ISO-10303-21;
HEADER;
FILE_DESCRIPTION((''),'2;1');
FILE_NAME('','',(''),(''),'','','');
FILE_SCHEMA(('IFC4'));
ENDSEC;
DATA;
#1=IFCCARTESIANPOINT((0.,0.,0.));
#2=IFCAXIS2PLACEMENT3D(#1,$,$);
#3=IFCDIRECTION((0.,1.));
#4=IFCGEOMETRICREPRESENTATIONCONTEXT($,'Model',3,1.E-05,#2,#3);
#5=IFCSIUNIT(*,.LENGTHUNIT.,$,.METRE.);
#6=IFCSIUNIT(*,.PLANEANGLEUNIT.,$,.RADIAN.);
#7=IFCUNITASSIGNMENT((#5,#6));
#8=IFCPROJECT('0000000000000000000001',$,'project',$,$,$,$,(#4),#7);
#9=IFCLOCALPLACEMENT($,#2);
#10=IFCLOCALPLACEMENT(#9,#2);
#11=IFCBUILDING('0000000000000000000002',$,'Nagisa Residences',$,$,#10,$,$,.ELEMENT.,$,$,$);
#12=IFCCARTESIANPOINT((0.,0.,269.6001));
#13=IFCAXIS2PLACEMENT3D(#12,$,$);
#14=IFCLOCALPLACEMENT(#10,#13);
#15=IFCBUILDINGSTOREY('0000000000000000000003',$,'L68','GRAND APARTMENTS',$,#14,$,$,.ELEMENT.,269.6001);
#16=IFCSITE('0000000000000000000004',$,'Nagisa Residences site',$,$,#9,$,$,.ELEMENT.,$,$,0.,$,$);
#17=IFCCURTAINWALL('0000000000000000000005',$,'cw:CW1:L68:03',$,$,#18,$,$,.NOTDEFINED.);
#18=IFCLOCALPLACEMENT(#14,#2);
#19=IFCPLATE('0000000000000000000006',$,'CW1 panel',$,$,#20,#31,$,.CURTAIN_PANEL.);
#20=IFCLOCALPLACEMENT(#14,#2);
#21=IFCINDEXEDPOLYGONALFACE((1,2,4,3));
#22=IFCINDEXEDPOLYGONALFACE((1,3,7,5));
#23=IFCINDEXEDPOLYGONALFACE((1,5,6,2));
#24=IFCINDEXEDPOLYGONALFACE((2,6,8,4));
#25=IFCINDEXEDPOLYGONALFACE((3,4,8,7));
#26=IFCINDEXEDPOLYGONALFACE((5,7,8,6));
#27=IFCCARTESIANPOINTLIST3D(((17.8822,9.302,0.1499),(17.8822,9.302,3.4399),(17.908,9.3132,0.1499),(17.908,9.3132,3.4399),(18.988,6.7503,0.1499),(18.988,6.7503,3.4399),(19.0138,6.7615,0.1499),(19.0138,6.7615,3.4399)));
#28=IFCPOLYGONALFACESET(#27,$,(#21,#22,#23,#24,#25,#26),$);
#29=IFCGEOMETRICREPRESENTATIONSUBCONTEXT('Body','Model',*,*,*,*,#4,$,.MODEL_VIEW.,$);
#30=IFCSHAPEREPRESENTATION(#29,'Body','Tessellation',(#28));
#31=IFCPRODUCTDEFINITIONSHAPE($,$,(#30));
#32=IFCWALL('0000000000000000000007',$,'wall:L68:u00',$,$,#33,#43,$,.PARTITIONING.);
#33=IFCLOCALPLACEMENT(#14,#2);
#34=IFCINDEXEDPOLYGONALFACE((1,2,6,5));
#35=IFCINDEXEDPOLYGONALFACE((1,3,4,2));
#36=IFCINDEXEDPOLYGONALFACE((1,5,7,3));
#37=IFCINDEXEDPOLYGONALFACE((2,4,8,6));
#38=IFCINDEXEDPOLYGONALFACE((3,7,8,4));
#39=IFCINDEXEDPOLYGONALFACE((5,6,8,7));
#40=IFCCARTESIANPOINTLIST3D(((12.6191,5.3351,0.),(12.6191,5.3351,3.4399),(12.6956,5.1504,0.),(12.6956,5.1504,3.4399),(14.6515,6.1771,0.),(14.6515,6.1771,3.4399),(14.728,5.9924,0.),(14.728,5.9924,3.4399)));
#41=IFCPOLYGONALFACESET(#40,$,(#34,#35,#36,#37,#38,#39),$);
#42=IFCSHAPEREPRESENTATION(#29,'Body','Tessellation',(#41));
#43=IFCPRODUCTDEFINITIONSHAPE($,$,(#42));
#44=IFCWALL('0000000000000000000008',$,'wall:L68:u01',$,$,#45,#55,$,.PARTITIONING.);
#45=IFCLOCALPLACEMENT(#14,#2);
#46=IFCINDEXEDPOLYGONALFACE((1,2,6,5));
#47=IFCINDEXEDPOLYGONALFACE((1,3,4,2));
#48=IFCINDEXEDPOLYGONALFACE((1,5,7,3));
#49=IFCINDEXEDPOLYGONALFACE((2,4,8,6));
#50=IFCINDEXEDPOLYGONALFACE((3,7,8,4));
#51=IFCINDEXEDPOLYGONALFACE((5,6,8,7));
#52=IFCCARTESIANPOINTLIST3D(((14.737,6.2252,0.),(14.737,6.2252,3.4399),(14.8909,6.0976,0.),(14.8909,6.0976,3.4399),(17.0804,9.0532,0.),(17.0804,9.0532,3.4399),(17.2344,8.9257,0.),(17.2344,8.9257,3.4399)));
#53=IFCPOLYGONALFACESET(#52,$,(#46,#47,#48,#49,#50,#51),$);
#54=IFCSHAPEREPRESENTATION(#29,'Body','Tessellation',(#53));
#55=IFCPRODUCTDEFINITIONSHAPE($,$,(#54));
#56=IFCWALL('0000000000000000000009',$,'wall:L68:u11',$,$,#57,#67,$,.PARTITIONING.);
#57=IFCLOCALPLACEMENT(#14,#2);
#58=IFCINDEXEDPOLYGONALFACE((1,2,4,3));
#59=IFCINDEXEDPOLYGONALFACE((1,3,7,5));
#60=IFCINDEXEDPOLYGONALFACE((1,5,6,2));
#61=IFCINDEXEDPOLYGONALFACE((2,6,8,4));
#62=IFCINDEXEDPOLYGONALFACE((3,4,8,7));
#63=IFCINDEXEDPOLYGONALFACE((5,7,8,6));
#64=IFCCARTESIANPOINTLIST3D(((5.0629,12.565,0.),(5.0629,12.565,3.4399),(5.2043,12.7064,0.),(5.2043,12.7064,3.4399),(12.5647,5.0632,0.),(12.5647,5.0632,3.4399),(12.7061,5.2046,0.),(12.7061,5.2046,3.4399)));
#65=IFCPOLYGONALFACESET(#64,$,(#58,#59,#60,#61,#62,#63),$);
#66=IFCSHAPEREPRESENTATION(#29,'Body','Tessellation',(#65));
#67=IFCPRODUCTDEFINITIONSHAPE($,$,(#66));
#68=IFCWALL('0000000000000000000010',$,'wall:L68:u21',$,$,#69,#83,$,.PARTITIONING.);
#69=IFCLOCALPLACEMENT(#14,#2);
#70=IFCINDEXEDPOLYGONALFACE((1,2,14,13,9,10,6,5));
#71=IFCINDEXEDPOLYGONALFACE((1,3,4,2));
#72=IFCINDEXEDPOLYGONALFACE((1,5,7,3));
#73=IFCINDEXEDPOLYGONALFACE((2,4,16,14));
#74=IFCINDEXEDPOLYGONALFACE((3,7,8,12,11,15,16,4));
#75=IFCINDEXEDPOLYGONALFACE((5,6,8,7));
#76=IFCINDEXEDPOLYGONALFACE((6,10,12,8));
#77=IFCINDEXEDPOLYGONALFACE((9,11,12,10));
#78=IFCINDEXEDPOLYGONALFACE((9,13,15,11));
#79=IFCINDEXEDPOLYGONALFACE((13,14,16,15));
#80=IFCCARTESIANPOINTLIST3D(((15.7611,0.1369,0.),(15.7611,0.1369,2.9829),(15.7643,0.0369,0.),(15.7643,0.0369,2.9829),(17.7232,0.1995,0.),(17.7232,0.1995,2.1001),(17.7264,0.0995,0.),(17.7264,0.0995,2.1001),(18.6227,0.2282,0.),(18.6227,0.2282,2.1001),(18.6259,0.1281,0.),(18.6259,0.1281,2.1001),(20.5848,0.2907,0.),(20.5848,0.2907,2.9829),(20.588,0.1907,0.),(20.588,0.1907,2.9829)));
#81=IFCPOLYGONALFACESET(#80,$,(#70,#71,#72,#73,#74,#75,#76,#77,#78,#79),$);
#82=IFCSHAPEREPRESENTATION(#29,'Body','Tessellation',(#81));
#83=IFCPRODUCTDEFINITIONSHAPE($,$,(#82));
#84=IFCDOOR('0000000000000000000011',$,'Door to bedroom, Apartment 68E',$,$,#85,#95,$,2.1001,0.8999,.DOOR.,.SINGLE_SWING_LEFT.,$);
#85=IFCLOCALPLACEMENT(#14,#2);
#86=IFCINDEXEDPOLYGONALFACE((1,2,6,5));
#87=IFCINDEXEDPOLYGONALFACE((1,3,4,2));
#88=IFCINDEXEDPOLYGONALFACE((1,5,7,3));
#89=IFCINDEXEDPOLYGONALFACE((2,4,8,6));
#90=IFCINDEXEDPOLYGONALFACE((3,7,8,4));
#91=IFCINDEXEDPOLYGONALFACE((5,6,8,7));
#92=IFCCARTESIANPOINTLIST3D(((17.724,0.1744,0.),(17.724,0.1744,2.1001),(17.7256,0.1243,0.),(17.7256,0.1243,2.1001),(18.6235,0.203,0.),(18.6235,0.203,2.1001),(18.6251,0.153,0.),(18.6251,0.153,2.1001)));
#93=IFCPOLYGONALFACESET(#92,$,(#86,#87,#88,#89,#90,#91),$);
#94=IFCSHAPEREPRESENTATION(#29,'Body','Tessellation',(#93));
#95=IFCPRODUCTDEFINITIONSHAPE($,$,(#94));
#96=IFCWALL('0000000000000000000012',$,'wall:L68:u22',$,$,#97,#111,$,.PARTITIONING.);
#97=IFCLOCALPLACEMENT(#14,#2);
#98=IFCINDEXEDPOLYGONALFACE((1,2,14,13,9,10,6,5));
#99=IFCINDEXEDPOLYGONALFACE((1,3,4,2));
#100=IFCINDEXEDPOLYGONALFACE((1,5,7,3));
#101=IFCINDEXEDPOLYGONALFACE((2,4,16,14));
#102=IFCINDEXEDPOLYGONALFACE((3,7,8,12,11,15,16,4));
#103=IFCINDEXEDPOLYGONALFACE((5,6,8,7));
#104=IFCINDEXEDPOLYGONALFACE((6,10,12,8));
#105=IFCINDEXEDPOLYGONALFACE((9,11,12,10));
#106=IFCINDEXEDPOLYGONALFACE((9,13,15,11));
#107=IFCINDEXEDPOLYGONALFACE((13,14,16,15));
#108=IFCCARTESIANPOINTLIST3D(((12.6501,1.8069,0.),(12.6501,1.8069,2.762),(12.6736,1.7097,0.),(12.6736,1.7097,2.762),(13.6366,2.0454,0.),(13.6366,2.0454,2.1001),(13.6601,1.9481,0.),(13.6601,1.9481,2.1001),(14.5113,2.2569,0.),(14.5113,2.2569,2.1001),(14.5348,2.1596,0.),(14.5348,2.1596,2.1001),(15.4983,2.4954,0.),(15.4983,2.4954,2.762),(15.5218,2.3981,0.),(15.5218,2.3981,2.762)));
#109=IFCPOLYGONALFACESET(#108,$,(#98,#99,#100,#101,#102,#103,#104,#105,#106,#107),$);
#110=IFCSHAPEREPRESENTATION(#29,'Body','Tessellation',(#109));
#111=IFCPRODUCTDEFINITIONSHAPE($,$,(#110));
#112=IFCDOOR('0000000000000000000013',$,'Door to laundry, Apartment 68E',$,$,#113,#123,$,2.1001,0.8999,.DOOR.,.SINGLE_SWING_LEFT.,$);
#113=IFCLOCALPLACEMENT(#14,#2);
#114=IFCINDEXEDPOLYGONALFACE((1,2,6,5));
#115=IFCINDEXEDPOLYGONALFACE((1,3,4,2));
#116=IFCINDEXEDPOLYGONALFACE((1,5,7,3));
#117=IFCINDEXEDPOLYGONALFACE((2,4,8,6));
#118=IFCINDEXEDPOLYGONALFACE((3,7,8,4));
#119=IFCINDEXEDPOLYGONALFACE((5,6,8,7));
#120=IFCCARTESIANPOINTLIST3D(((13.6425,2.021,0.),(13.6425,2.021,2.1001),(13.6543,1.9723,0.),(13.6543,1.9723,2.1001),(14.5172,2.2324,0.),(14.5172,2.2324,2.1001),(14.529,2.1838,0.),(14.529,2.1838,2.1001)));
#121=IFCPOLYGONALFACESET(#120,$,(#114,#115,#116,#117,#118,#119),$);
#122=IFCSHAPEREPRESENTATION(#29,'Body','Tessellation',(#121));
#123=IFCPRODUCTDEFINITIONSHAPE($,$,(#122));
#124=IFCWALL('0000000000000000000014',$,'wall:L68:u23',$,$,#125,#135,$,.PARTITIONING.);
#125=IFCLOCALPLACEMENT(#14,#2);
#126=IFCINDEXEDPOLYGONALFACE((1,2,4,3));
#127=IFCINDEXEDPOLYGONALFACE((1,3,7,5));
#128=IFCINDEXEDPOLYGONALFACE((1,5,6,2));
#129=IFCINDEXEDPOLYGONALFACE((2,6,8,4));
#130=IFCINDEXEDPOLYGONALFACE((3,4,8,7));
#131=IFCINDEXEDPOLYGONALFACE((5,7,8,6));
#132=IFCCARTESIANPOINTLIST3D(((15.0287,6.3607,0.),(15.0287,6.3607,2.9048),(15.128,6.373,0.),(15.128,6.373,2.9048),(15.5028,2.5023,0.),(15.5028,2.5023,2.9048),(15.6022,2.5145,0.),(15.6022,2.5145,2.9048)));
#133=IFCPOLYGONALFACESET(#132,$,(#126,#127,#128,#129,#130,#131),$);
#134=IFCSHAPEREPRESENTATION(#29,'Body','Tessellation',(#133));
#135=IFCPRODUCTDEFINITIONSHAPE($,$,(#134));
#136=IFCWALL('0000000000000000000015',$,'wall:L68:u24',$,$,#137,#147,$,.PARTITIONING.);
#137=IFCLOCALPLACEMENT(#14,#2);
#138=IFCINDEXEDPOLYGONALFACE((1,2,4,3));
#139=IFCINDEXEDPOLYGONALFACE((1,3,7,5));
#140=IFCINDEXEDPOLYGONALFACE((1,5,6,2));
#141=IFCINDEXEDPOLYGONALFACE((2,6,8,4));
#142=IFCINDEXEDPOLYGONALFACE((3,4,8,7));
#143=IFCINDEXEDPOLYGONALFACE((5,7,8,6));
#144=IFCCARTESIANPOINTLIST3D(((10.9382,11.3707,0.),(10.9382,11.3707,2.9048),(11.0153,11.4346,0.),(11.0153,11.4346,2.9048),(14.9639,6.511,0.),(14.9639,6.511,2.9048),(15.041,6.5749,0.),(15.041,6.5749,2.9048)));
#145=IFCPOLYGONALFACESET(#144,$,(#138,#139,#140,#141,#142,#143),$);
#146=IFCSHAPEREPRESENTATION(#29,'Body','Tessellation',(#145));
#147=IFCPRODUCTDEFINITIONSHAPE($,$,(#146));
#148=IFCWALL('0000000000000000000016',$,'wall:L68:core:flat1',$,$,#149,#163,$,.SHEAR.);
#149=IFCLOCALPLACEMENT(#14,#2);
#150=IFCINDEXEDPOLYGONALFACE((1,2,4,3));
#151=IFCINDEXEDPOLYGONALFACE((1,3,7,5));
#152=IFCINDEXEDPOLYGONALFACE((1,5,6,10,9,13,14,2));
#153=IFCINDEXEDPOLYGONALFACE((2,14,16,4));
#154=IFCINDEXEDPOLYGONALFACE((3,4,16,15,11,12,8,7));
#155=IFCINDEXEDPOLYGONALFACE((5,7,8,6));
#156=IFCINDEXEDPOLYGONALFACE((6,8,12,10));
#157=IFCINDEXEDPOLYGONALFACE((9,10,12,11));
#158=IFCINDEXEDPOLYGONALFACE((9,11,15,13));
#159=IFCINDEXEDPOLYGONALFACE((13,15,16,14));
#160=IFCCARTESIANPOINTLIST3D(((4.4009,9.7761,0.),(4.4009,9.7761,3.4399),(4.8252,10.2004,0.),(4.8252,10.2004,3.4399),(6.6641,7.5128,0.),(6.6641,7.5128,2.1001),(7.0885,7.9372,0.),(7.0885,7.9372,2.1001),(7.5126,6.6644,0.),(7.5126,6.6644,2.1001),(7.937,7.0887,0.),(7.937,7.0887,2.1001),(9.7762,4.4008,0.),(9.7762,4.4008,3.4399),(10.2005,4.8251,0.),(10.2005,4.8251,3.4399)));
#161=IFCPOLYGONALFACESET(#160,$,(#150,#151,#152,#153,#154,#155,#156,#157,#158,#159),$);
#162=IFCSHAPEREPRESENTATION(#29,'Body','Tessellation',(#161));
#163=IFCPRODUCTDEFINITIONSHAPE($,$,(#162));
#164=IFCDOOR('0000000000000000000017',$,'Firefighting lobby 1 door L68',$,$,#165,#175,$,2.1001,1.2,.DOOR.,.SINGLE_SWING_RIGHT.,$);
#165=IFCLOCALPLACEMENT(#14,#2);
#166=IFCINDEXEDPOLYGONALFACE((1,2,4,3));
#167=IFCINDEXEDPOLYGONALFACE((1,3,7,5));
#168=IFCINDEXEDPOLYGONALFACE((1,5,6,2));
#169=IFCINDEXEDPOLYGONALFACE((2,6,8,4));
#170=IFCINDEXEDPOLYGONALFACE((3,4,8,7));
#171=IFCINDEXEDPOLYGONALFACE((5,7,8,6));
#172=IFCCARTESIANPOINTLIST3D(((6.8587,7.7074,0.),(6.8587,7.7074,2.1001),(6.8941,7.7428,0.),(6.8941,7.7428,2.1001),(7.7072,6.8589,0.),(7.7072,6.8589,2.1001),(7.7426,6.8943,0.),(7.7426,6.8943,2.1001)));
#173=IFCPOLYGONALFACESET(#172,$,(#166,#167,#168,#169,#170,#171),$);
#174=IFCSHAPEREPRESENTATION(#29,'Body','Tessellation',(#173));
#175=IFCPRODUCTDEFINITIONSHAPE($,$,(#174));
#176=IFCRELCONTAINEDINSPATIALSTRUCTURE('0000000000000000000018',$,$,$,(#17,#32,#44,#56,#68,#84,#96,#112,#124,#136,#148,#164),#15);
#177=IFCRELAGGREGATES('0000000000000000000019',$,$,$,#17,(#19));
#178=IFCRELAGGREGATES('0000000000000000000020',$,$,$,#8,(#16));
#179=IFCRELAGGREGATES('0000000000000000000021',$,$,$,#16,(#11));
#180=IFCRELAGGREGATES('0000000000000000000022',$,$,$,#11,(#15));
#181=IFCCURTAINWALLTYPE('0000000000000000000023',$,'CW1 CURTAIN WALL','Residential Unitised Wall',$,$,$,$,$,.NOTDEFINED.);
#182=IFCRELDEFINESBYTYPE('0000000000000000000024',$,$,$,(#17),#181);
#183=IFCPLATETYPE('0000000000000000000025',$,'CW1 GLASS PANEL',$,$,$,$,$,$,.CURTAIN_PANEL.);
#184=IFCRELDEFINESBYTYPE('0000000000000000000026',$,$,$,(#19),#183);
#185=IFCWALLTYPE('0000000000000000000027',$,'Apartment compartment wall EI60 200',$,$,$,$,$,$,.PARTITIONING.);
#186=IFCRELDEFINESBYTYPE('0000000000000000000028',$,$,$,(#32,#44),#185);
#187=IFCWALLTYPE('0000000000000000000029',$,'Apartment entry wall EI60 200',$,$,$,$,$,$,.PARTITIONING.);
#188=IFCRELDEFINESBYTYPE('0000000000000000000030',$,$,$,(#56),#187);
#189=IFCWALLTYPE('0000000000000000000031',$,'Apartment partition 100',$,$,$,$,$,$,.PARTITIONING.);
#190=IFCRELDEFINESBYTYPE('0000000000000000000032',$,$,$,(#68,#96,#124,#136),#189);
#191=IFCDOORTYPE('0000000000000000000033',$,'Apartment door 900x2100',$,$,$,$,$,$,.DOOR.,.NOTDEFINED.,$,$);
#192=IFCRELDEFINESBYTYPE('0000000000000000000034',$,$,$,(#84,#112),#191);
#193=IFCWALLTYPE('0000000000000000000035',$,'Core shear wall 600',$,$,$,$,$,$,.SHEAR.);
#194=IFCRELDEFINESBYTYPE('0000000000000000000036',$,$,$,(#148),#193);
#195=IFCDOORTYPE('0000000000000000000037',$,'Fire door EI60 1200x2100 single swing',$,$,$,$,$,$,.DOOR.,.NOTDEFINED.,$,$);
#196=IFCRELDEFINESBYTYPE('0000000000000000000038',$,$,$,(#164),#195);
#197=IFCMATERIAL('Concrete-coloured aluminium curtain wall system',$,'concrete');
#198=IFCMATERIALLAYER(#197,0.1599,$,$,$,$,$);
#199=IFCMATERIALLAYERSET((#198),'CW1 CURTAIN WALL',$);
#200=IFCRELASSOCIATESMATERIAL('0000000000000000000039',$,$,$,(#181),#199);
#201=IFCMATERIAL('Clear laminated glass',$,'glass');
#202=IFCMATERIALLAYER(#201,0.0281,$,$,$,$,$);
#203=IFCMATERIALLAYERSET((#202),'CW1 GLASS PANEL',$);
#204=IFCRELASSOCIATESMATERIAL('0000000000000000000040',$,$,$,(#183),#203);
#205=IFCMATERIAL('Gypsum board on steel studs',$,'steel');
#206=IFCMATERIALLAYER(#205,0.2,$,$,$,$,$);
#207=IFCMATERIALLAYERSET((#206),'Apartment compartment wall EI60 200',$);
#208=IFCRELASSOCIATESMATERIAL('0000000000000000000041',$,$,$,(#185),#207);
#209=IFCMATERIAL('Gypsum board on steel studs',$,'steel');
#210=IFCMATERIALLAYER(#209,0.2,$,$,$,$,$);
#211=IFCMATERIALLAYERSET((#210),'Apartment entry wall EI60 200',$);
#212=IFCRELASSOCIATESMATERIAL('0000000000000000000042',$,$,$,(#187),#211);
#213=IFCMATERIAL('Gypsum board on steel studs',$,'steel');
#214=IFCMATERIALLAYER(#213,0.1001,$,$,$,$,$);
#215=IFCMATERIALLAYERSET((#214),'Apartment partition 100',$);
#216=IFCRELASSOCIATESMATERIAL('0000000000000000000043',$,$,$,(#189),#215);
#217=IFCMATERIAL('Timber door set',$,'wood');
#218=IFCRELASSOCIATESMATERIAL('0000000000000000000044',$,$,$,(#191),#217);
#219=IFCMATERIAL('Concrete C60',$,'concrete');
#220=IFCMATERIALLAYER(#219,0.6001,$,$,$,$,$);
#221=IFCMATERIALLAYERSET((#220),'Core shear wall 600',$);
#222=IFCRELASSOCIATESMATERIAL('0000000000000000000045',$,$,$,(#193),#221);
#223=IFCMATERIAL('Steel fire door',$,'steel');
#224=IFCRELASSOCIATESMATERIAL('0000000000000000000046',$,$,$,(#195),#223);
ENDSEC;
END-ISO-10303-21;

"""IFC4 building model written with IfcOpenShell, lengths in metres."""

from ifc_helpers import new_model, si_unit, direction, frame, frame_2d, origin, origin_2d, place, context, subcontext, project, spatial, rectangle, extrude, material, layer, layer_set, type_object, element, fill, aggregate, save


model = new_model("IFC4")

# Units and contexts
model_context = context("Model", 3, precision=1e-05, world=origin(), true_north=direction((0.0, 1.0)))
body_context = subcontext(model_context, "Body", "Model", "MODEL_VIEW")
ifc_project = project(units=[si_unit("LENGTHUNIT", "METRE"), si_unit("PLANEANGLEUNIT", "RADIAN")], contexts=[model_context])

# Site, building, storey
site_placement = place(None, origin())
site = spatial("IfcSite", under=ifc_project, at=site_placement, Name="Nagisa Residences site", CompositionType="ELEMENT", RefElevation=0.0)
building_placement = place(site_placement, origin())
building = spatial("IfcBuilding", under=site, at=building_placement, Name="Nagisa Residences", CompositionType="ELEMENT")
storey_placement = place(building_placement, frame((0.0, 0.0, 269.6001)))
storey = spatial("IfcBuildingStorey", under=building, at=storey_placement, Name="L68", Description="GRAND APARTMENTS", CompositionType="ELEMENT", Elevation=269.6001)

# Curtain wall
ifc_material_1 = material(Name="Concrete-coloured aluminium curtain wall system", Category="concrete")
ifc_layer_1 = layer(ifc_material_1, 0.1599)
ifc_layer_set_1 = layer_set([ifc_layer_1], Name="CW1 CURTAIN WALL")
curtain_wall_type = type_object("IfcCurtainWallType", Name="CW1 CURTAIN WALL", Description="Residential Unitised Wall", PredefinedType="NOTDEFINED", material=ifc_layer_set_1)
curtain_wall_1_placement = place(storey_placement, origin())
curtain_wall_1 = element("IfcCurtainWall", 1, at=curtain_wall_1_placement, inside=storey, type_object=curtain_wall_type, Name="cw:CW1:L68:03", PredefinedType="NOTDEFINED")

# Plate
ifc_material_2 = material(Name="Clear laminated glass", Category="glass")
ifc_layer_2 = layer(ifc_material_2, 0.0281)
ifc_layer_set_2 = layer_set([ifc_layer_2], Name="CW1 GLASS PANEL")
plate_type = type_object("IfcPlateType", Name="CW1 GLASS PANEL", PredefinedType="CURTAIN_PANEL", material=ifc_layer_set_2)
plate_1_placement = place(storey_placement, frame((18.448, 8.0317, 0.1499), z_axis=(0.0, 0.0, 1.0), x_axis=(-0.397636, 0.917543, 0.0)))
plate_1 = element("IfcPlate", 2, at=plate_1_placement, type_object=plate_type, Name="CW1 panel", PredefinedType="CURTAIN_PANEL", context=body_context, shape_type="SweptSolid", body=[
    extrude(rectangle(XDim=2.781, YDim=0.0281, at=origin_2d()), origin(), (0.0, 0.0, 1.0), 3.29),
])
aggregate(curtain_wall_1, [plate_1])

# Walls
ifc_material_3 = material(Name="Gypsum board on steel studs", Category="steel")
ifc_layer_3 = layer(ifc_material_3, 0.2)
ifc_layer_set_3 = layer_set([ifc_layer_3], Name="Apartment compartment wall EI60 200")
wall_type_1 = type_object("IfcWallType", Name="Apartment compartment wall EI60 200", PredefinedType="PARTITIONING", material=ifc_layer_set_3)
wall_1_placement = place(storey_placement, frame((12.6572, 5.2427, 0.0), z_axis=(0.0, 0.0, 1.0), x_axis=(0.923853, 0.382747, 0.0)))
element("IfcWall", 3, at=wall_1_placement, inside=storey, type_object=wall_type_1, Name="wall:L68:u00", PredefinedType="PARTITIONING", context=body_context, shape_type="SweptSolid", body=[
    extrude(rectangle(XDim=2.2, YDim=0.2, at=frame_2d((1.1001, 0.0))), origin(), (0.0, 0.0, 1.0), 3.4399),
])
wall_2_placement = place(storey_placement, frame((14.814, 6.1614, 0.0), z_axis=(0.0, 0.0, 1.0), x_axis=(0.638051, 0.769995, 0.0)))
element("IfcWall", 4, at=wall_2_placement, inside=storey, type_object=wall_type_1, Name="wall:L68:u01", PredefinedType="PARTITIONING", context=body_context, shape_type="SweptSolid", body=[
    extrude(rectangle(XDim=3.6729, YDim=0.2, at=frame_2d((1.8364, 0.0))), origin(), (0.0, 0.0, 1.0), 3.4399),
])
ifc_material_4 = material(Name="Gypsum board on steel studs", Category="steel")
ifc_layer_4 = layer(ifc_material_4, 0.2)
ifc_layer_set_4 = layer_set([ifc_layer_4], Name="Apartment entry wall EI60 200")
wall_type_2 = type_object("IfcWallType", Name="Apartment entry wall EI60 200", PredefinedType="PARTITIONING", material=ifc_layer_set_4)
wall_3_placement = place(storey_placement, frame((12.6355, 5.1338, 0.0), z_axis=(0.0, 0.0, 1.0), x_axis=(-0.707107, 0.707107, 0.0)))
element("IfcWall", 5, at=wall_3_placement, inside=storey, type_object=wall_type_2, Name="wall:L68:u11", PredefinedType="PARTITIONING", context=body_context, shape_type="SweptSolid", body=[
    extrude(rectangle(XDim=10.6091, YDim=0.2, at=frame_2d((5.3047, 0.0))), origin(), (0.0, 0.0, 1.0), 3.4399),
])

# Walls, openings, doors
ifc_material_5 = material(Name="Gypsum board on steel studs", Category="steel")
ifc_layer_5 = layer(ifc_material_5, 0.1001)
ifc_layer_set_5 = layer_set([ifc_layer_5], Name="Apartment partition 100")
wall_type_3 = type_object("IfcWallType", Name="Apartment partition 100", PredefinedType="PARTITIONING", material=ifc_layer_set_5)
wall_4_placement = place(storey_placement, frame((15.7627, 0.0869, 0.0), z_axis=(0.0, 0.0, 1.0), x_axis=(0.999492, 0.03187, 0.0)))
wall_4 = element("IfcWall", 6, at=wall_4_placement, inside=storey, type_object=wall_type_3, Name="wall:L68:u21", PredefinedType="PARTITIONING", context=body_context, shape_type="SweptSolid", body=[
    extrude(rectangle(XDim=4.8262, YDim=0.1001, at=frame_2d((2.4131, 0.0))), origin(), (0.0, 0.0, 1.0), 2.9829),
])
opening_1_placement = place(wall_4_placement, frame((1.9631, 0.0, 0.0)))
opening_1 = element("IfcOpeningElement", 7, at=opening_1_placement, cuts=wall_4, PredefinedType="OPENING", context=body_context, shape_type="SweptSolid", body=[
    extrude(rectangle(XDim=0.8999, YDim=2.1001, at=frame_2d((0.45, 1.05))), frame((0.0, 0.0601, 0.0), z_axis=(0.0, -1.0, 0.0), x_axis=(1.0, 0.0, 0.0)), (0.0, 0.0, 1.0), 0.1201),
])
ifc_material_6 = material(Name="Timber door set", Category="wood")
door_type_1 = type_object("IfcDoorType", Name="Apartment door 900x2100", OperationType="NOTDEFINED", PredefinedType="DOOR", material=ifc_material_6)
door_1_placement = place(opening_1_placement, origin())
door_1 = element("IfcDoor", 8, at=door_1_placement, inside=storey, type_object=door_type_1, Name="Door to bedroom, Apartment 68E", OperationType="SINGLE_SWING_LEFT", OverallHeight=2.1001, OverallWidth=0.8999, PredefinedType="DOOR", context=body_context, shape_type="SweptSolid", body=[
    extrude(rectangle(XDim=0.8999, YDim=2.1001, at=frame_2d((0.45, 1.05))), frame((0.0, 0.0249, 0.0), z_axis=(0.0, -1.0, 0.0), x_axis=(1.0, 0.0, 0.0)), (0.0, 0.0, 1.0), 0.05),
])
fill(opening_1, door_1)
wall_5_placement = place(storey_placement, frame((12.6619, 1.7583, 0.0), z_axis=(0.0, 0.0, 1.0), x_axis=(0.972005, 0.234961, 0.0)))
wall_5 = element("IfcWall", 9, at=wall_5_placement, inside=storey, type_object=wall_type_3, Name="wall:L68:u22", PredefinedType="PARTITIONING", context=body_context, shape_type="SweptSolid", body=[
    extrude(rectangle(XDim=2.9302, YDim=0.1001, at=frame_2d((1.4651, 0.0))), origin(), (0.0, 0.0, 1.0), 2.762),
])
opening_2_placement = place(wall_5_placement, frame((1.0149, 0.0, 0.0)))
opening_2 = element("IfcOpeningElement", 10, at=opening_2_placement, cuts=wall_5, PredefinedType="OPENING", context=body_context, shape_type="SweptSolid", body=[
    extrude(rectangle(XDim=0.8999, YDim=2.1001, at=frame_2d((0.45, 1.05))), frame((0.0, 0.0601, 0.0), z_axis=(0.0, -1.0, 0.0), x_axis=(1.0, 0.0, 0.0)), (0.0, 0.0, 1.0), 0.1201),
])
door_2_placement = place(opening_2_placement, origin())
door_2 = element("IfcDoor", 11, at=door_2_placement, inside=storey, type_object=door_type_1, Name="Door to laundry, Apartment 68E", OperationType="SINGLE_SWING_LEFT", OverallHeight=2.1001, OverallWidth=0.8999, PredefinedType="DOOR", context=body_context, shape_type="SweptSolid", body=[
    extrude(rectangle(XDim=0.8999, YDim=2.1001, at=frame_2d((0.45, 1.05))), frame((0.0, 0.0249, 0.0), z_axis=(0.0, -1.0, 0.0), x_axis=(1.0, 0.0, 0.0)), (0.0, 0.0, 1.0), 0.05),
])
fill(opening_2, door_2)

# Walls
wall_6_placement = place(storey_placement, frame((15.5525, 2.5083, 0.0), z_axis=(0.0, 0.0, 1.0), x_axis=(-0.121963, 0.992535, 0.0)))
element("IfcWall", 12, at=wall_6_placement, inside=storey, type_object=wall_type_3, Name="wall:L68:u23", PredefinedType="PARTITIONING", context=body_context, shape_type="SweptSolid", body=[
    extrude(rectangle(XDim=3.8875, YDim=0.1001, at=frame_2d((1.9438, 0.0))), origin(), (0.0, 0.0, 1.0), 2.9048),
])
wall_7_placement = place(storey_placement, frame((15.0024, 6.543, 0.0), z_axis=(0.0, 0.0, 1.0), x_axis=(-0.637933, 0.770092, 0.0)))
element("IfcWall", 13, at=wall_7_placement, inside=storey, type_object=wall_type_3, Name="wall:L68:u24", PredefinedType="PARTITIONING", context=body_context, shape_type="SweptSolid", body=[
    extrude(rectangle(XDim=6.3105, YDim=0.1001, at=frame_2d((3.1553, 0.0))), origin(), (0.0, 0.0, 1.0), 2.9048),
])

# Wall, opening, door
ifc_material_7 = material(Name="Concrete C60", Category="concrete")
ifc_layer_6 = layer(ifc_material_7, 0.6001)
ifc_layer_set_6 = layer_set([ifc_layer_6], Name="Core shear wall 600")
wall_type_4 = type_object("IfcWallType", Name="Core shear wall 600", PredefinedType="SHEAR", material=ifc_layer_set_6)
wall_8_placement = place(storey_placement, frame((9.9883, 4.613, 0.0), z_axis=(0.0, 0.0, 1.0), x_axis=(-0.707107, 0.707107, 0.0)))
wall_8 = element("IfcWall", 14, at=wall_8_placement, inside=storey, type_object=wall_type_4, Name="wall:L68:core:flat1", PredefinedType="SHEAR", context=body_context, shape_type="SweptSolid", body=[
    extrude(rectangle(XDim=7.6018, YDim=0.6001, at=frame_2d((3.8008, 0.0))), origin(), (0.0, 0.0, 1.0), 3.4399),
])
opening_3_placement = place(wall_8_placement, frame((3.2009, 0.0, 0.0)))
opening_3 = element("IfcOpeningElement", 15, at=opening_3_placement, cuts=wall_8, PredefinedType="OPENING", context=body_context, shape_type="SweptSolid", body=[
    extrude(rectangle(XDim=1.2, YDim=2.1001, at=frame_2d((0.6001, 1.05))), frame((0.0, 0.3101, 0.0), z_axis=(0.0, -1.0, 0.0), x_axis=(1.0, 0.0, 0.0)), (0.0, 0.0, 1.0), 0.6201),
])
ifc_material_8 = material(Name="Steel fire door", Category="steel")
door_type_2 = type_object("IfcDoorType", Name="Fire door EI60 1200x2100 single swing", OperationType="NOTDEFINED", PredefinedType="DOOR", material=ifc_material_8)
door_3_placement = place(opening_3_placement, origin())
door_3 = element("IfcDoor", 16, at=door_3_placement, inside=storey, type_object=door_type_2, Name="Firefighting lobby 1 door L68", OperationType="SINGLE_SWING_RIGHT", OverallHeight=2.1001, OverallWidth=1.2, PredefinedType="DOOR", context=body_context, shape_type="SweptSolid", body=[
    extrude(rectangle(XDim=1.2, YDim=2.1001, at=frame_2d((0.6001, 1.05))), frame((0.0, 0.0249, 0.0), z_axis=(0.0, -1.0, 0.0), x_axis=(1.0, 0.0, 0.0)), (0.0, 0.0, 1.0), 0.05),
])
fill(opening_3, door_3)

save(model, "model.ifc")
